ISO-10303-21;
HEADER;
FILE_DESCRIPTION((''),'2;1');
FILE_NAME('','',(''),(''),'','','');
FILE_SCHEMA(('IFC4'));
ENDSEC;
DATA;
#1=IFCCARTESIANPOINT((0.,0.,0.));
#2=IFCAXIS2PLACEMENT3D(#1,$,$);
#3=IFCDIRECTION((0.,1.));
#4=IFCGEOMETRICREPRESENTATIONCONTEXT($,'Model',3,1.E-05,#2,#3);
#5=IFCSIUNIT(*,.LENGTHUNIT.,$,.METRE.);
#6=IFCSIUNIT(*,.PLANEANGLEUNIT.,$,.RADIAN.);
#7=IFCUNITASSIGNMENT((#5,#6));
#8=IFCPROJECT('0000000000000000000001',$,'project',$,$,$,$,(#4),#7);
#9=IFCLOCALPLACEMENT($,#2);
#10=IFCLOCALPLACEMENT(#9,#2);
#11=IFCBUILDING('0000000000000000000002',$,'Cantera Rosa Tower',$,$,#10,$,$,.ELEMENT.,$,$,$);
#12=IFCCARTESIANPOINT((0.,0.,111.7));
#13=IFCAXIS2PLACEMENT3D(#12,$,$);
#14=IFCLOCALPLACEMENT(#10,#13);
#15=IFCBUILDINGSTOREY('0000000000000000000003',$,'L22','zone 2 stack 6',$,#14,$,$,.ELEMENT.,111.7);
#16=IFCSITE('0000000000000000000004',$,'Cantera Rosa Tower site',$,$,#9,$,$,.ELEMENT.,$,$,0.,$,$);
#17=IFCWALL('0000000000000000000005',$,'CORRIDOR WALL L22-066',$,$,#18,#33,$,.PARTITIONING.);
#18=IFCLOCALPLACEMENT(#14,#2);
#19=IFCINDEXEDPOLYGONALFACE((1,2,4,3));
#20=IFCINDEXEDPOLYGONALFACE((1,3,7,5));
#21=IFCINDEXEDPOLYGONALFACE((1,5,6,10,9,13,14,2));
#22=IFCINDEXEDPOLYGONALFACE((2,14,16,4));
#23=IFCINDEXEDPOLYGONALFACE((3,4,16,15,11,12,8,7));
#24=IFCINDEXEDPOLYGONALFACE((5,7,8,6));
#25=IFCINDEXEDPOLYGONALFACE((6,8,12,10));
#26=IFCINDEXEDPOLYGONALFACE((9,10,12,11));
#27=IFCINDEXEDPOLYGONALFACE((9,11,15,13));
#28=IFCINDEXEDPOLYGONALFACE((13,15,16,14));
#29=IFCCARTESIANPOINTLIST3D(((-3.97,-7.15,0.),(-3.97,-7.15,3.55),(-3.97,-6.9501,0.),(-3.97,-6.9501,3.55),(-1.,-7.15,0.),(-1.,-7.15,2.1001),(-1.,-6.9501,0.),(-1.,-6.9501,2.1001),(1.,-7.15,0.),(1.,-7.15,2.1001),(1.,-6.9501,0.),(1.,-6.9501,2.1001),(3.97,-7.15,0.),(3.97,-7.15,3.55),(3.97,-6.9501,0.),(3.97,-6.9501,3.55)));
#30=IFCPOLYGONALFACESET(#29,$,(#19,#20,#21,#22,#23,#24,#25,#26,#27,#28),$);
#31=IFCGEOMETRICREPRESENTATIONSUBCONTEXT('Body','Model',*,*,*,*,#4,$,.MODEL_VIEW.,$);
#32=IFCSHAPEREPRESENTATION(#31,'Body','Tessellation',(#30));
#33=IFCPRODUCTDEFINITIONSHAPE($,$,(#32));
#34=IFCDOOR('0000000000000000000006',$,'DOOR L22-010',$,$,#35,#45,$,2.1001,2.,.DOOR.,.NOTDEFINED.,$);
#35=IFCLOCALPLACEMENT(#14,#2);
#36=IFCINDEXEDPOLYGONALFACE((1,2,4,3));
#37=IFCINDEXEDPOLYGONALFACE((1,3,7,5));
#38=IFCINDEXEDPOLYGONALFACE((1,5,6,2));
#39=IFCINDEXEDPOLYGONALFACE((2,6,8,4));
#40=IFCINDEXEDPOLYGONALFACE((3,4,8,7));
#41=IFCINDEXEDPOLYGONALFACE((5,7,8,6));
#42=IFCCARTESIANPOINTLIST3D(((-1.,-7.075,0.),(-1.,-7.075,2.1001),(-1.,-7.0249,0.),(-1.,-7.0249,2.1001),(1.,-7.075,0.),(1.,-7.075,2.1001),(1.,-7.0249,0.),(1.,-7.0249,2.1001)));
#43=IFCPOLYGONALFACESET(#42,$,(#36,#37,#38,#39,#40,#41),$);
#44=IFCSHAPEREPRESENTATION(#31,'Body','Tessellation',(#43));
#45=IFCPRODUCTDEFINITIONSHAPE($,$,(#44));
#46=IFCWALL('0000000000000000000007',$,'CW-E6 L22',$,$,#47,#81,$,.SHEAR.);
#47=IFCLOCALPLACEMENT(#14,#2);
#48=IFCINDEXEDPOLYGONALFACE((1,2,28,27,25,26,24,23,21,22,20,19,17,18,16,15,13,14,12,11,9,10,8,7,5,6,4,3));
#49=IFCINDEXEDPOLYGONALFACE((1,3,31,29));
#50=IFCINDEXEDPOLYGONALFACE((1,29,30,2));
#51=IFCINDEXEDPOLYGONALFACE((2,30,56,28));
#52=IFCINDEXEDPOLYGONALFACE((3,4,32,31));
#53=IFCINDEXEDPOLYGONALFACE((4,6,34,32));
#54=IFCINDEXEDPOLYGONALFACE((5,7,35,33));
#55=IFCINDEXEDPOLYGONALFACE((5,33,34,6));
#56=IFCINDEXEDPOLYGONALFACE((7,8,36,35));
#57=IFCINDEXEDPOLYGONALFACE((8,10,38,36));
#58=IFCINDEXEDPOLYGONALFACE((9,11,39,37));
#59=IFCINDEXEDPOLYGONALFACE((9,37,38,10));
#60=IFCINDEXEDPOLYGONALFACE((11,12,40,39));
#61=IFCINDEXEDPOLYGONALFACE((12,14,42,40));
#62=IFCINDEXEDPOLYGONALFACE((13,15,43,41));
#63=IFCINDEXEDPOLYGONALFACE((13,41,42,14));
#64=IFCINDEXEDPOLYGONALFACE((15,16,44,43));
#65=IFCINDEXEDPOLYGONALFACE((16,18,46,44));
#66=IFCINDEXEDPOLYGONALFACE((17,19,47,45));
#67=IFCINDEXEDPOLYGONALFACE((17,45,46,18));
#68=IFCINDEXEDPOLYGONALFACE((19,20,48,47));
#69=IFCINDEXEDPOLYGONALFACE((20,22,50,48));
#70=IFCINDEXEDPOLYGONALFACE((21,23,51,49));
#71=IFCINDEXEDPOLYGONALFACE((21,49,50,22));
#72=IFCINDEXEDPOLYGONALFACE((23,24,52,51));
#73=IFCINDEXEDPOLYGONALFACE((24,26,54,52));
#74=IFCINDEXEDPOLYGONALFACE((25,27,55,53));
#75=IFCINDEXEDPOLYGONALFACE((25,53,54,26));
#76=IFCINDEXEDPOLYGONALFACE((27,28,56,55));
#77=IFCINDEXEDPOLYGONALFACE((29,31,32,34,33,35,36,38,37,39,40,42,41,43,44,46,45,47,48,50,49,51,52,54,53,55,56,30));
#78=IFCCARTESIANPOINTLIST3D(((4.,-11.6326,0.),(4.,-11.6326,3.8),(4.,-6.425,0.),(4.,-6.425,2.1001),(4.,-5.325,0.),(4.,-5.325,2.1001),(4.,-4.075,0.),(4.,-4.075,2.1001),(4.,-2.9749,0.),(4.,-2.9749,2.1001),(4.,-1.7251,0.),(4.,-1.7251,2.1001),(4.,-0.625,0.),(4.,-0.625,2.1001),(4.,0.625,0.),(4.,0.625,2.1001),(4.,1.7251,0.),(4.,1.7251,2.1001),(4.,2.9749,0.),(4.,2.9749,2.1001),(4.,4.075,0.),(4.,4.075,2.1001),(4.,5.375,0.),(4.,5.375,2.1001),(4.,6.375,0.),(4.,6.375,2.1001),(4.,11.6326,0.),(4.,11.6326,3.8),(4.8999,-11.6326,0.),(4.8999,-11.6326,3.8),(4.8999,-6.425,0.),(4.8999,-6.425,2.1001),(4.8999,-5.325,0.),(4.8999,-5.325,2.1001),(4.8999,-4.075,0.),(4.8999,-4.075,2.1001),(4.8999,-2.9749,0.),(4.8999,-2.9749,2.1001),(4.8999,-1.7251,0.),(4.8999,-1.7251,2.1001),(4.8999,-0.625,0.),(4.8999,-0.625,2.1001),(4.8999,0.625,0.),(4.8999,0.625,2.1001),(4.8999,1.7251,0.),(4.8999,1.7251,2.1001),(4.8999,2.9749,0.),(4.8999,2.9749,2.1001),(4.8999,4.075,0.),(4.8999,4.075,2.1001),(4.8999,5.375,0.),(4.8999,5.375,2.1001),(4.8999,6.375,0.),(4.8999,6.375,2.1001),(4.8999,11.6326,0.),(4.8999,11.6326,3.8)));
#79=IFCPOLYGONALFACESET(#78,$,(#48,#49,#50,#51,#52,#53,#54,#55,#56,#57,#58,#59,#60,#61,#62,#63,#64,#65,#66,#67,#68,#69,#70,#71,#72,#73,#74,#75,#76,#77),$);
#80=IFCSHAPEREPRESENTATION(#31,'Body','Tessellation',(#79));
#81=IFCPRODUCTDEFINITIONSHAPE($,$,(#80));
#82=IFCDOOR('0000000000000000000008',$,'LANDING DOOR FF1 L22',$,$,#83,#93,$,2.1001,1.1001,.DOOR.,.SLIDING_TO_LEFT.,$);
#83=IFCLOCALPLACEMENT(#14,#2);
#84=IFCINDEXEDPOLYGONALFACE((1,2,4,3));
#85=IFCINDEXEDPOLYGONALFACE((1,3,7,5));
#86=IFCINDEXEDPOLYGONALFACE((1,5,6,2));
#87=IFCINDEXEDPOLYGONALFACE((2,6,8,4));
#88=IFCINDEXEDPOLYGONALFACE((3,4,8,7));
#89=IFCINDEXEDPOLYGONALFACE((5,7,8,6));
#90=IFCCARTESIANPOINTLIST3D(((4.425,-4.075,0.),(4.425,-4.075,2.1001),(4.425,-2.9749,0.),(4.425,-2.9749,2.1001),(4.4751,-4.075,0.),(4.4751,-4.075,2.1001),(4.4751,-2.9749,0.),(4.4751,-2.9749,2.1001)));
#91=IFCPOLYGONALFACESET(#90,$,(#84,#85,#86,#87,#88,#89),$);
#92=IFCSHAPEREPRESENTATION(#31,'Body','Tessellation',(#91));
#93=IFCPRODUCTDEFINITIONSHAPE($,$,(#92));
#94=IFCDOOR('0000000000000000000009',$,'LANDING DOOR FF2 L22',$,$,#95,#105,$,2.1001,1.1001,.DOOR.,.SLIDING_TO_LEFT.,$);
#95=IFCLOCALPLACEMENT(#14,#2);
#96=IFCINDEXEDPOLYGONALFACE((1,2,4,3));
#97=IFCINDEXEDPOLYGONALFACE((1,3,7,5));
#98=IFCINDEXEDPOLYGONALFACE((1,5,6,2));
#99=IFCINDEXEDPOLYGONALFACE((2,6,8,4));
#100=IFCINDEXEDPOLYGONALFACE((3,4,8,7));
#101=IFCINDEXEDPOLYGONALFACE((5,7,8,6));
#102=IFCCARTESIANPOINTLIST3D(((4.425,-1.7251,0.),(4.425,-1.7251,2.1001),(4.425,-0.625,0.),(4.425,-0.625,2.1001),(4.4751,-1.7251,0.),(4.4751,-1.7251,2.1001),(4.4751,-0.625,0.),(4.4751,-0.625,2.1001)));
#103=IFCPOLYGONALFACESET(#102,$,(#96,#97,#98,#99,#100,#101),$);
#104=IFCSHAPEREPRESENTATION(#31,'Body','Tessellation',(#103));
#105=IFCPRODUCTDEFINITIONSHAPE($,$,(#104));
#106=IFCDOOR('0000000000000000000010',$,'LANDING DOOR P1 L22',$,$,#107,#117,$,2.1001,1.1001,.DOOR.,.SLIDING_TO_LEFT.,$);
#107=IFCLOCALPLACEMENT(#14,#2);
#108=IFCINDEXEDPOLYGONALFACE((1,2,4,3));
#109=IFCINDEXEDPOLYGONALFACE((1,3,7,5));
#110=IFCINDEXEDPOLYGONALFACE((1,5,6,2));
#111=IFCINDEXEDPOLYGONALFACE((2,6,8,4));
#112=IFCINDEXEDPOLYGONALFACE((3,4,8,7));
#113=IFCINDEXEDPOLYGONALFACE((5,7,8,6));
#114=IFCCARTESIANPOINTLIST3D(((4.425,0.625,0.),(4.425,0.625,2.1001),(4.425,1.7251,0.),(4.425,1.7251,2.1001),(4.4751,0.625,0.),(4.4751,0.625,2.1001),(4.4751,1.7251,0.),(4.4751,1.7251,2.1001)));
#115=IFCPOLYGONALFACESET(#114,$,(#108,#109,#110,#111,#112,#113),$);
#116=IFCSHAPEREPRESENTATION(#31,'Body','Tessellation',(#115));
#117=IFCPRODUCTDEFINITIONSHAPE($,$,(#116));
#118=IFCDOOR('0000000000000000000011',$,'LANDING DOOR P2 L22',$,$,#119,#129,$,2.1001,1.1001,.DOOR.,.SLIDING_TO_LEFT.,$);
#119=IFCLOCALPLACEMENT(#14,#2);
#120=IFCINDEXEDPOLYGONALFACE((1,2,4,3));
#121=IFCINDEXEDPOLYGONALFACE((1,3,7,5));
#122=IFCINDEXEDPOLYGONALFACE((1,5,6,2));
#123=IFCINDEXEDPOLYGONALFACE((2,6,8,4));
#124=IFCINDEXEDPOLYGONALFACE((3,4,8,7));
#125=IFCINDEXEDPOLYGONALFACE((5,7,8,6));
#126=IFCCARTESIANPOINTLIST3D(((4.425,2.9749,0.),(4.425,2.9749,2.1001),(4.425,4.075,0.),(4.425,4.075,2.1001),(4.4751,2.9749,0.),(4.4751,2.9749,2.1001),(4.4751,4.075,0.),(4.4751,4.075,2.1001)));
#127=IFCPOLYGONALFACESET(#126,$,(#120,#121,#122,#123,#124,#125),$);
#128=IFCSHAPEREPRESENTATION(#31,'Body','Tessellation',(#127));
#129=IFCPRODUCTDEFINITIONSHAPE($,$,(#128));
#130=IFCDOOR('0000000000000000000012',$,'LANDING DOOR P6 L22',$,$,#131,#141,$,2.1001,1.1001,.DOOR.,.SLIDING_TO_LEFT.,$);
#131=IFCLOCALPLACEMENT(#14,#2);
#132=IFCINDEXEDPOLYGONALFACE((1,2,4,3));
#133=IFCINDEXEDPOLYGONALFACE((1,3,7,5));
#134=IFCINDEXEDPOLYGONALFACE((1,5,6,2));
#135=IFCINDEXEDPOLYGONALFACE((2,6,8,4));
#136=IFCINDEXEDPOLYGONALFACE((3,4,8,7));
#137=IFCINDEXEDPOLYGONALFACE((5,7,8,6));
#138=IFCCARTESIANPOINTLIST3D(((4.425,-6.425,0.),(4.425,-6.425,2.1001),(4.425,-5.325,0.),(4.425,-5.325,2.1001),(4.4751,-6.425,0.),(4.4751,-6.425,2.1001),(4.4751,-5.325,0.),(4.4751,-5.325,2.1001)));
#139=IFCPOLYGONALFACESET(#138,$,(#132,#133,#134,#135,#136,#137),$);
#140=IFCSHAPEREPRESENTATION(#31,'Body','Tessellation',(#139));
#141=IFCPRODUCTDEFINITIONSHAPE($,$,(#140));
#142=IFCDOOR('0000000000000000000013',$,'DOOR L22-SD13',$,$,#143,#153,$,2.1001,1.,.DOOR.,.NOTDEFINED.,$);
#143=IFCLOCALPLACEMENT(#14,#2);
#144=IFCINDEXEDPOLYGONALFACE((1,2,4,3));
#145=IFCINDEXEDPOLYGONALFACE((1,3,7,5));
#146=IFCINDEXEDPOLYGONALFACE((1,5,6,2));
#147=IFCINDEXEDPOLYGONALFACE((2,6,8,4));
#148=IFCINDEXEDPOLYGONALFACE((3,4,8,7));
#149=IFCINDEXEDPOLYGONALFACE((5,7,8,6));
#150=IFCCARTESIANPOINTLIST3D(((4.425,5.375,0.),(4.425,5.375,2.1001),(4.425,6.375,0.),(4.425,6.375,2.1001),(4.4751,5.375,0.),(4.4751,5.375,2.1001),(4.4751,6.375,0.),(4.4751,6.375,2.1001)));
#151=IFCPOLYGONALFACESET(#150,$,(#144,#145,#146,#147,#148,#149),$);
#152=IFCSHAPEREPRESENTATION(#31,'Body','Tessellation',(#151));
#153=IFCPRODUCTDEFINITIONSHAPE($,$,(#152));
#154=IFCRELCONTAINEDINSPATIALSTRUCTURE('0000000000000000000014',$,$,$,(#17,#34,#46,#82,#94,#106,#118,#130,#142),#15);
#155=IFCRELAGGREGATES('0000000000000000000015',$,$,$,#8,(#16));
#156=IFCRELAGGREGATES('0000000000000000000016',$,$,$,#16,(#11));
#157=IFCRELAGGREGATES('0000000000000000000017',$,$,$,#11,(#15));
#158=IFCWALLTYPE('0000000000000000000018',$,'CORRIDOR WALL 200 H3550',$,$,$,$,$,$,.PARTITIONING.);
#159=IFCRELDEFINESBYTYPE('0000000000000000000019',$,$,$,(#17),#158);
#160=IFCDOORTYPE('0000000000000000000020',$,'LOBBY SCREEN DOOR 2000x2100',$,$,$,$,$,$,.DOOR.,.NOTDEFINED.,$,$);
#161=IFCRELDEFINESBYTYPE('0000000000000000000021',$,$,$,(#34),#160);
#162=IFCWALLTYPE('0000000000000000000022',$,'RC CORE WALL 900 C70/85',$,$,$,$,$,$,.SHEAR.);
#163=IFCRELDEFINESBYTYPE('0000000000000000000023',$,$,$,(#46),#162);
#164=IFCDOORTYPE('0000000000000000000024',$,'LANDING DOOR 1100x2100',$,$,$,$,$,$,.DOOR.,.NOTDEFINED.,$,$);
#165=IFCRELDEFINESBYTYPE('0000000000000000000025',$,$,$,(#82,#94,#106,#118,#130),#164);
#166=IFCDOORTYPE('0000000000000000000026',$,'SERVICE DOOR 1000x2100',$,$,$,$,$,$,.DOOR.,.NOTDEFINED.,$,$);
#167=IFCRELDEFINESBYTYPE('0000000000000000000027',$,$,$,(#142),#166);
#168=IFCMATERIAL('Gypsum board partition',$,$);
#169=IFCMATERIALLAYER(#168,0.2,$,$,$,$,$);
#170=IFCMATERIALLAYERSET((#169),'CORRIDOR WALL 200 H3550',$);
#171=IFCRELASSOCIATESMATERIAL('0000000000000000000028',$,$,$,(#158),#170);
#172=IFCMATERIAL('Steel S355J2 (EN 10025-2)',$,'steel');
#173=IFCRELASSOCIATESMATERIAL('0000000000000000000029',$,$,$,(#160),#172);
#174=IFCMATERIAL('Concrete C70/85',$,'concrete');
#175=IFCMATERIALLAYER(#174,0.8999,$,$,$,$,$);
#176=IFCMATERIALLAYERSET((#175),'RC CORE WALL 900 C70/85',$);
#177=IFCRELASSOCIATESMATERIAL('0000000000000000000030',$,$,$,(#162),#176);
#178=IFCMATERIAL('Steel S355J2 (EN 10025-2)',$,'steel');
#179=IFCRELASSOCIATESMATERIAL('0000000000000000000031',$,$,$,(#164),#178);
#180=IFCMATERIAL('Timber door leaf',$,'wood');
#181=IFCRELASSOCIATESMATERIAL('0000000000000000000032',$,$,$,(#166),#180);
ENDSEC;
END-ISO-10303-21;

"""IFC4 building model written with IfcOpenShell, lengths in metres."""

from ifc_helpers import new_model, si_unit, direction, frame, frame_2d, origin, place, context, subcontext, project, spatial, rectangle, extrude, material, layer, layer_set, type_object, element, fill, save


model = new_model("IFC4")

# Units and contexts
model_context = context("Model", 3, precision=1e-05, world=origin(), true_north=direction((0.0, 1.0)))
body_context = subcontext(model_context, "Body", "Model", "MODEL_VIEW")
ifc_project = project(units=[si_unit("LENGTHUNIT", "METRE"), si_unit("PLANEANGLEUNIT", "RADIAN")], contexts=[model_context])

# Site, building, storey
site_placement = place(None, origin())
site = spatial("IfcSite", under=ifc_project, at=site_placement, Name="Cantera Rosa Tower site", CompositionType="ELEMENT", RefElevation=0.0)
building_placement = place(site_placement, origin())
building = spatial("IfcBuilding", under=site, at=building_placement, Name="Cantera Rosa Tower", CompositionType="ELEMENT")
storey_placement = place(building_placement, frame((0.0, 0.0, 111.7)))
storey = spatial("IfcBuildingStorey", under=building, at=storey_placement, Name="L22", Description="zone 2 stack 6", CompositionType="ELEMENT", Elevation=111.7)

# Wall, opening, door
ifc_material_1 = material(Name="Gypsum board partition")
ifc_layer_1 = layer(ifc_material_1, 0.2)
ifc_layer_set_1 = layer_set([ifc_layer_1], Name="CORRIDOR WALL 200 H3550")
wall_type_1 = type_object("IfcWallType", Name="CORRIDOR WALL 200 H3550", PredefinedType="PARTITIONING", material=ifc_layer_set_1)
wall_1_placement = place(storey_placement, frame((3.97, -7.05, 0.0), z_axis=(0.0, 0.0, 1.0), x_axis=(-1.0, 0.0, 0.0)))
wall_1 = element("IfcWall", 1, at=wall_1_placement, inside=storey, type_object=wall_type_1, Name="CORRIDOR WALL L22-066", PredefinedType="PARTITIONING", context=body_context, shape_type="SweptSolid", body=[
    extrude(rectangle(XDim=7.9399, YDim=0.2, at=frame_2d((3.97, 0.0))), origin(), (0.0, 0.0, 1.0), 3.55),
])
opening_1_placement = place(wall_1_placement, frame((2.97, 0.0, 0.0)))
opening_1 = element("IfcOpeningElement", 2, at=opening_1_placement, cuts=wall_1, PredefinedType="OPENING", context=body_context, shape_type="SweptSolid", body=[
    extrude(rectangle(XDim=2.0, YDim=2.1001, at=frame_2d((1.0, 1.05))), frame((0.0, 0.1099, 0.0), z_axis=(0.0, -1.0, 0.0), x_axis=(1.0, 0.0, 0.0)), (0.0, 0.0, 1.0), 0.22),
])
ifc_material_2 = material(Name="Steel S355J2 (EN 10025-2)", Category="steel")
door_type_1 = type_object("IfcDoorType", Name="LOBBY SCREEN DOOR 2000x2100", OperationType="NOTDEFINED", PredefinedType="DOOR", material=ifc_material_2)
door_1_placement = place(opening_1_placement, origin())
door_1 = element("IfcDoor", 3, at=door_1_placement, inside=storey, type_object=door_type_1, Name="DOOR L22-010", OperationType="NOTDEFINED", OverallHeight=2.1001, OverallWidth=2.0, PredefinedType="DOOR", context=body_context, shape_type="SweptSolid", body=[
    extrude(rectangle(XDim=2.0, YDim=2.1001, at=frame_2d((1.0, 1.05))), frame((0.0, 0.0249, 0.0), z_axis=(0.0, -1.0, 0.0), x_axis=(1.0, 0.0, 0.0)), (0.0, 0.0, 1.0), 0.05),
])
fill(opening_1, door_1)

# Wall, openings, doors
ifc_material_3 = material(Name="Concrete C70/85", Category="concrete")
ifc_layer_2 = layer(ifc_material_3, 0.8999)
ifc_layer_set_2 = layer_set([ifc_layer_2], Name="RC CORE WALL 900 C70/85")
wall_type_2 = type_object("IfcWallType", Name="RC CORE WALL 900 C70/85", PredefinedType="SHEAR", material=ifc_layer_set_2)
wall_2_placement = place(storey_placement, frame((4.45, -11.6326, 0.0), z_axis=(0.0, 0.0, 1.0), x_axis=(0.0, 1.0, 0.0)))
wall_2 = element("IfcWall", 4, at=wall_2_placement, inside=storey, type_object=wall_type_2, Name="CW-E6 L22", PredefinedType="SHEAR", context=body_context, shape_type="SweptSolid", body=[
    extrude(rectangle(XDim=23.2651, YDim=0.8999, at=frame_2d((11.6326, 0.0))), origin(), (0.0, 0.0, 1.0), 3.8),
])
opening_2_placement = place(wall_2_placement, frame((7.5576, 0.0, 0.0)))
opening_2 = element("IfcOpeningElement", 5, at=opening_2_placement, cuts=wall_2, PredefinedType="OPENING", context=body_context, shape_type="SweptSolid", body=[
    extrude(rectangle(XDim=1.1001, YDim=2.1001, at=frame_2d((0.55, 1.05))), frame((0.0, 0.46, 0.0), z_axis=(0.0, -1.0, 0.0), x_axis=(1.0, 0.0, 0.0)), (0.0, 0.0, 1.0), 0.9199),
])
opening_3_placement = place(wall_2_placement, frame((9.9075, 0.0, 0.0)))
opening_3 = element("IfcOpeningElement", 6, at=opening_3_placement, cuts=wall_2, PredefinedType="OPENING", context=body_context, shape_type="SweptSolid", body=[
    extrude(rectangle(XDim=1.1001, YDim=2.1001, at=frame_2d((0.55, 1.05))), frame((0.0, 0.46, 0.0), z_axis=(0.0, -1.0, 0.0), x_axis=(1.0, 0.0, 0.0)), (0.0, 0.0, 1.0), 0.9199),
])
opening_4_placement = place(wall_2_placement, frame((12.2576, 0.0, 0.0)))
opening_4 = element("IfcOpeningElement", 7, at=opening_4_placement, cuts=wall_2, PredefinedType="OPENING", context=body_context, shape_type="SweptSolid", body=[
    extrude(rectangle(XDim=1.1001, YDim=2.1001, at=frame_2d((0.55, 1.05))), frame((0.0, 0.46, 0.0), z_axis=(0.0, -1.0, 0.0), x_axis=(1.0, 0.0, 0.0)), (0.0, 0.0, 1.0), 0.9199),
])
opening_5_placement = place(wall_2_placement, frame((14.6074, 0.0, 0.0)))
opening_5 = element("IfcOpeningElement", 8, at=opening_5_placement, cuts=wall_2, PredefinedType="OPENING", context=body_context, shape_type="SweptSolid", body=[
    extrude(rectangle(XDim=1.1001, YDim=2.1001, at=frame_2d((0.55, 1.05))), frame((0.0, 0.46, 0.0), z_axis=(0.0, -1.0, 0.0), x_axis=(1.0, 0.0, 0.0)), (0.0, 0.0, 1.0), 0.9199),
])
opening_6_placement = place(wall_2_placement, frame((5.2075, 0.0, 0.0)))
opening_6 = element("IfcOpeningElement", 9, at=opening_6_placement, cuts=wall_2, PredefinedType="OPENING", context=body_context, shape_type="SweptSolid", body=[
    extrude(rectangle(XDim=1.1001, YDim=2.1001, at=frame_2d((0.55, 1.05))), frame((0.0, 0.46, 0.0), z_axis=(0.0, -1.0, 0.0), x_axis=(1.0, 0.0, 0.0)), (0.0, 0.0, 1.0), 0.9199),
])
opening_7_placement = place(wall_2_placement, frame((17.0076, 0.0, 0.0)))
opening_7 = element("IfcOpeningElement", 10, at=opening_7_placement, cuts=wall_2, PredefinedType="OPENING", context=body_context, shape_type="SweptSolid", body=[
    extrude(rectangle(XDim=1.0, YDim=2.1001, at=frame_2d((0.5, 1.05))), frame((0.0, 0.46, 0.0), z_axis=(0.0, -1.0, 0.0), x_axis=(1.0, 0.0, 0.0)), (0.0, 0.0, 1.0), 0.9199),
])
ifc_material_4 = material(Name="Steel S355J2 (EN 10025-2)", Category="steel")
door_type_2 = type_object("IfcDoorType", Name="LANDING DOOR 1100x2100", OperationType="NOTDEFINED", PredefinedType="DOOR", material=ifc_material_4)
door_2_placement = place(opening_2_placement, origin())
door_2 = element("IfcDoor", 11, at=door_2_placement, inside=storey, type_object=door_type_2, Name="LANDING DOOR FF1 L22", OperationType="SLIDING_TO_LEFT", OverallHeight=2.1001, OverallWidth=1.1001, PredefinedType="DOOR", context=body_context, shape_type="SweptSolid", body=[
    extrude(rectangle(XDim=1.1001, YDim=2.1001, at=frame_2d((0.55, 1.05))), frame((0.0, 0.0249, 0.0), z_axis=(0.0, -1.0, 0.0), x_axis=(1.0, 0.0, 0.0)), (0.0, 0.0, 1.0), 0.05),
])
fill(opening_2, door_2)
door_3_placement = place(opening_3_placement, origin())
door_3 = element("IfcDoor", 12, at=door_3_placement, inside=storey, type_object=door_type_2, Name="LANDING DOOR FF2 L22", OperationType="SLIDING_TO_LEFT", OverallHeight=2.1001, OverallWidth=1.1001, PredefinedType="DOOR", context=body_context, shape_type="SweptSolid", body=[
    extrude(rectangle(XDim=1.1001, YDim=2.1001, at=frame_2d((0.55, 1.05))), frame((0.0, 0.0249, 0.0), z_axis=(0.0, -1.0, 0.0), x_axis=(1.0, 0.0, 0.0)), (0.0, 0.0, 1.0), 0.05),
])
fill(opening_3, door_3)
door_4_placement = place(opening_4_placement, origin())
door_4 = element("IfcDoor", 13, at=door_4_placement, inside=storey, type_object=door_type_2, Name="LANDING DOOR P1 L22", OperationType="SLIDING_TO_LEFT", OverallHeight=2.1001, OverallWidth=1.1001, PredefinedType="DOOR", context=body_context, shape_type="SweptSolid", body=[
    extrude(rectangle(XDim=1.1001, YDim=2.1001, at=frame_2d((0.55, 1.05))), frame((0.0, 0.0249, 0.0), z_axis=(0.0, -1.0, 0.0), x_axis=(1.0, 0.0, 0.0)), (0.0, 0.0, 1.0), 0.05),
])
fill(opening_4, door_4)
door_5_placement = place(opening_5_placement, origin())
door_5 = element("IfcDoor", 14, at=door_5_placement, inside=storey, type_object=door_type_2, Name="LANDING DOOR P2 L22", OperationType="SLIDING_TO_LEFT", OverallHeight=2.1001, OverallWidth=1.1001, PredefinedType="DOOR", context=body_context, shape_type="SweptSolid", body=[
    extrude(rectangle(XDim=1.1001, YDim=2.1001, at=frame_2d((0.55, 1.05))), frame((0.0, 0.0249, 0.0), z_axis=(0.0, -1.0, 0.0), x_axis=(1.0, 0.0, 0.0)), (0.0, 0.0, 1.0), 0.05),
])
fill(opening_5, door_5)
door_6_placement = place(opening_6_placement, origin())
door_6 = element("IfcDoor", 15, at=door_6_placement, inside=storey, type_object=door_type_2, Name="LANDING DOOR P6 L22", OperationType="SLIDING_TO_LEFT", OverallHeight=2.1001, OverallWidth=1.1001, PredefinedType="DOOR", context=body_context, shape_type="SweptSolid", body=[
    extrude(rectangle(XDim=1.1001, YDim=2.1001, at=frame_2d((0.55, 1.05))), frame((0.0, 0.0249, 0.0), z_axis=(0.0, -1.0, 0.0), x_axis=(1.0, 0.0, 0.0)), (0.0, 0.0, 1.0), 0.05),
])
fill(opening_6, door_6)
ifc_material_5 = material(Name="Timber door leaf", Category="wood")
door_type_3 = type_object("IfcDoorType", Name="SERVICE DOOR 1000x2100", OperationType="NOTDEFINED", PredefinedType="DOOR", material=ifc_material_5)
door_7_placement = place(opening_7_placement, origin())
door_7 = element("IfcDoor", 16, at=door_7_placement, inside=storey, type_object=door_type_3, Name="DOOR L22-SD13", OperationType="NOTDEFINED", OverallHeight=2.1001, OverallWidth=1.0, PredefinedType="DOOR", context=body_context, shape_type="SweptSolid", body=[
    extrude(rectangle(XDim=1.0, YDim=2.1001, at=frame_2d((0.5, 1.05))), frame((0.0, 0.0249, 0.0), z_axis=(0.0, -1.0, 0.0), x_axis=(1.0, 0.0, 0.0)), (0.0, 0.0, 1.0), 0.05),
])
fill(opening_7, door_7)

save(model, "model.ifc")
